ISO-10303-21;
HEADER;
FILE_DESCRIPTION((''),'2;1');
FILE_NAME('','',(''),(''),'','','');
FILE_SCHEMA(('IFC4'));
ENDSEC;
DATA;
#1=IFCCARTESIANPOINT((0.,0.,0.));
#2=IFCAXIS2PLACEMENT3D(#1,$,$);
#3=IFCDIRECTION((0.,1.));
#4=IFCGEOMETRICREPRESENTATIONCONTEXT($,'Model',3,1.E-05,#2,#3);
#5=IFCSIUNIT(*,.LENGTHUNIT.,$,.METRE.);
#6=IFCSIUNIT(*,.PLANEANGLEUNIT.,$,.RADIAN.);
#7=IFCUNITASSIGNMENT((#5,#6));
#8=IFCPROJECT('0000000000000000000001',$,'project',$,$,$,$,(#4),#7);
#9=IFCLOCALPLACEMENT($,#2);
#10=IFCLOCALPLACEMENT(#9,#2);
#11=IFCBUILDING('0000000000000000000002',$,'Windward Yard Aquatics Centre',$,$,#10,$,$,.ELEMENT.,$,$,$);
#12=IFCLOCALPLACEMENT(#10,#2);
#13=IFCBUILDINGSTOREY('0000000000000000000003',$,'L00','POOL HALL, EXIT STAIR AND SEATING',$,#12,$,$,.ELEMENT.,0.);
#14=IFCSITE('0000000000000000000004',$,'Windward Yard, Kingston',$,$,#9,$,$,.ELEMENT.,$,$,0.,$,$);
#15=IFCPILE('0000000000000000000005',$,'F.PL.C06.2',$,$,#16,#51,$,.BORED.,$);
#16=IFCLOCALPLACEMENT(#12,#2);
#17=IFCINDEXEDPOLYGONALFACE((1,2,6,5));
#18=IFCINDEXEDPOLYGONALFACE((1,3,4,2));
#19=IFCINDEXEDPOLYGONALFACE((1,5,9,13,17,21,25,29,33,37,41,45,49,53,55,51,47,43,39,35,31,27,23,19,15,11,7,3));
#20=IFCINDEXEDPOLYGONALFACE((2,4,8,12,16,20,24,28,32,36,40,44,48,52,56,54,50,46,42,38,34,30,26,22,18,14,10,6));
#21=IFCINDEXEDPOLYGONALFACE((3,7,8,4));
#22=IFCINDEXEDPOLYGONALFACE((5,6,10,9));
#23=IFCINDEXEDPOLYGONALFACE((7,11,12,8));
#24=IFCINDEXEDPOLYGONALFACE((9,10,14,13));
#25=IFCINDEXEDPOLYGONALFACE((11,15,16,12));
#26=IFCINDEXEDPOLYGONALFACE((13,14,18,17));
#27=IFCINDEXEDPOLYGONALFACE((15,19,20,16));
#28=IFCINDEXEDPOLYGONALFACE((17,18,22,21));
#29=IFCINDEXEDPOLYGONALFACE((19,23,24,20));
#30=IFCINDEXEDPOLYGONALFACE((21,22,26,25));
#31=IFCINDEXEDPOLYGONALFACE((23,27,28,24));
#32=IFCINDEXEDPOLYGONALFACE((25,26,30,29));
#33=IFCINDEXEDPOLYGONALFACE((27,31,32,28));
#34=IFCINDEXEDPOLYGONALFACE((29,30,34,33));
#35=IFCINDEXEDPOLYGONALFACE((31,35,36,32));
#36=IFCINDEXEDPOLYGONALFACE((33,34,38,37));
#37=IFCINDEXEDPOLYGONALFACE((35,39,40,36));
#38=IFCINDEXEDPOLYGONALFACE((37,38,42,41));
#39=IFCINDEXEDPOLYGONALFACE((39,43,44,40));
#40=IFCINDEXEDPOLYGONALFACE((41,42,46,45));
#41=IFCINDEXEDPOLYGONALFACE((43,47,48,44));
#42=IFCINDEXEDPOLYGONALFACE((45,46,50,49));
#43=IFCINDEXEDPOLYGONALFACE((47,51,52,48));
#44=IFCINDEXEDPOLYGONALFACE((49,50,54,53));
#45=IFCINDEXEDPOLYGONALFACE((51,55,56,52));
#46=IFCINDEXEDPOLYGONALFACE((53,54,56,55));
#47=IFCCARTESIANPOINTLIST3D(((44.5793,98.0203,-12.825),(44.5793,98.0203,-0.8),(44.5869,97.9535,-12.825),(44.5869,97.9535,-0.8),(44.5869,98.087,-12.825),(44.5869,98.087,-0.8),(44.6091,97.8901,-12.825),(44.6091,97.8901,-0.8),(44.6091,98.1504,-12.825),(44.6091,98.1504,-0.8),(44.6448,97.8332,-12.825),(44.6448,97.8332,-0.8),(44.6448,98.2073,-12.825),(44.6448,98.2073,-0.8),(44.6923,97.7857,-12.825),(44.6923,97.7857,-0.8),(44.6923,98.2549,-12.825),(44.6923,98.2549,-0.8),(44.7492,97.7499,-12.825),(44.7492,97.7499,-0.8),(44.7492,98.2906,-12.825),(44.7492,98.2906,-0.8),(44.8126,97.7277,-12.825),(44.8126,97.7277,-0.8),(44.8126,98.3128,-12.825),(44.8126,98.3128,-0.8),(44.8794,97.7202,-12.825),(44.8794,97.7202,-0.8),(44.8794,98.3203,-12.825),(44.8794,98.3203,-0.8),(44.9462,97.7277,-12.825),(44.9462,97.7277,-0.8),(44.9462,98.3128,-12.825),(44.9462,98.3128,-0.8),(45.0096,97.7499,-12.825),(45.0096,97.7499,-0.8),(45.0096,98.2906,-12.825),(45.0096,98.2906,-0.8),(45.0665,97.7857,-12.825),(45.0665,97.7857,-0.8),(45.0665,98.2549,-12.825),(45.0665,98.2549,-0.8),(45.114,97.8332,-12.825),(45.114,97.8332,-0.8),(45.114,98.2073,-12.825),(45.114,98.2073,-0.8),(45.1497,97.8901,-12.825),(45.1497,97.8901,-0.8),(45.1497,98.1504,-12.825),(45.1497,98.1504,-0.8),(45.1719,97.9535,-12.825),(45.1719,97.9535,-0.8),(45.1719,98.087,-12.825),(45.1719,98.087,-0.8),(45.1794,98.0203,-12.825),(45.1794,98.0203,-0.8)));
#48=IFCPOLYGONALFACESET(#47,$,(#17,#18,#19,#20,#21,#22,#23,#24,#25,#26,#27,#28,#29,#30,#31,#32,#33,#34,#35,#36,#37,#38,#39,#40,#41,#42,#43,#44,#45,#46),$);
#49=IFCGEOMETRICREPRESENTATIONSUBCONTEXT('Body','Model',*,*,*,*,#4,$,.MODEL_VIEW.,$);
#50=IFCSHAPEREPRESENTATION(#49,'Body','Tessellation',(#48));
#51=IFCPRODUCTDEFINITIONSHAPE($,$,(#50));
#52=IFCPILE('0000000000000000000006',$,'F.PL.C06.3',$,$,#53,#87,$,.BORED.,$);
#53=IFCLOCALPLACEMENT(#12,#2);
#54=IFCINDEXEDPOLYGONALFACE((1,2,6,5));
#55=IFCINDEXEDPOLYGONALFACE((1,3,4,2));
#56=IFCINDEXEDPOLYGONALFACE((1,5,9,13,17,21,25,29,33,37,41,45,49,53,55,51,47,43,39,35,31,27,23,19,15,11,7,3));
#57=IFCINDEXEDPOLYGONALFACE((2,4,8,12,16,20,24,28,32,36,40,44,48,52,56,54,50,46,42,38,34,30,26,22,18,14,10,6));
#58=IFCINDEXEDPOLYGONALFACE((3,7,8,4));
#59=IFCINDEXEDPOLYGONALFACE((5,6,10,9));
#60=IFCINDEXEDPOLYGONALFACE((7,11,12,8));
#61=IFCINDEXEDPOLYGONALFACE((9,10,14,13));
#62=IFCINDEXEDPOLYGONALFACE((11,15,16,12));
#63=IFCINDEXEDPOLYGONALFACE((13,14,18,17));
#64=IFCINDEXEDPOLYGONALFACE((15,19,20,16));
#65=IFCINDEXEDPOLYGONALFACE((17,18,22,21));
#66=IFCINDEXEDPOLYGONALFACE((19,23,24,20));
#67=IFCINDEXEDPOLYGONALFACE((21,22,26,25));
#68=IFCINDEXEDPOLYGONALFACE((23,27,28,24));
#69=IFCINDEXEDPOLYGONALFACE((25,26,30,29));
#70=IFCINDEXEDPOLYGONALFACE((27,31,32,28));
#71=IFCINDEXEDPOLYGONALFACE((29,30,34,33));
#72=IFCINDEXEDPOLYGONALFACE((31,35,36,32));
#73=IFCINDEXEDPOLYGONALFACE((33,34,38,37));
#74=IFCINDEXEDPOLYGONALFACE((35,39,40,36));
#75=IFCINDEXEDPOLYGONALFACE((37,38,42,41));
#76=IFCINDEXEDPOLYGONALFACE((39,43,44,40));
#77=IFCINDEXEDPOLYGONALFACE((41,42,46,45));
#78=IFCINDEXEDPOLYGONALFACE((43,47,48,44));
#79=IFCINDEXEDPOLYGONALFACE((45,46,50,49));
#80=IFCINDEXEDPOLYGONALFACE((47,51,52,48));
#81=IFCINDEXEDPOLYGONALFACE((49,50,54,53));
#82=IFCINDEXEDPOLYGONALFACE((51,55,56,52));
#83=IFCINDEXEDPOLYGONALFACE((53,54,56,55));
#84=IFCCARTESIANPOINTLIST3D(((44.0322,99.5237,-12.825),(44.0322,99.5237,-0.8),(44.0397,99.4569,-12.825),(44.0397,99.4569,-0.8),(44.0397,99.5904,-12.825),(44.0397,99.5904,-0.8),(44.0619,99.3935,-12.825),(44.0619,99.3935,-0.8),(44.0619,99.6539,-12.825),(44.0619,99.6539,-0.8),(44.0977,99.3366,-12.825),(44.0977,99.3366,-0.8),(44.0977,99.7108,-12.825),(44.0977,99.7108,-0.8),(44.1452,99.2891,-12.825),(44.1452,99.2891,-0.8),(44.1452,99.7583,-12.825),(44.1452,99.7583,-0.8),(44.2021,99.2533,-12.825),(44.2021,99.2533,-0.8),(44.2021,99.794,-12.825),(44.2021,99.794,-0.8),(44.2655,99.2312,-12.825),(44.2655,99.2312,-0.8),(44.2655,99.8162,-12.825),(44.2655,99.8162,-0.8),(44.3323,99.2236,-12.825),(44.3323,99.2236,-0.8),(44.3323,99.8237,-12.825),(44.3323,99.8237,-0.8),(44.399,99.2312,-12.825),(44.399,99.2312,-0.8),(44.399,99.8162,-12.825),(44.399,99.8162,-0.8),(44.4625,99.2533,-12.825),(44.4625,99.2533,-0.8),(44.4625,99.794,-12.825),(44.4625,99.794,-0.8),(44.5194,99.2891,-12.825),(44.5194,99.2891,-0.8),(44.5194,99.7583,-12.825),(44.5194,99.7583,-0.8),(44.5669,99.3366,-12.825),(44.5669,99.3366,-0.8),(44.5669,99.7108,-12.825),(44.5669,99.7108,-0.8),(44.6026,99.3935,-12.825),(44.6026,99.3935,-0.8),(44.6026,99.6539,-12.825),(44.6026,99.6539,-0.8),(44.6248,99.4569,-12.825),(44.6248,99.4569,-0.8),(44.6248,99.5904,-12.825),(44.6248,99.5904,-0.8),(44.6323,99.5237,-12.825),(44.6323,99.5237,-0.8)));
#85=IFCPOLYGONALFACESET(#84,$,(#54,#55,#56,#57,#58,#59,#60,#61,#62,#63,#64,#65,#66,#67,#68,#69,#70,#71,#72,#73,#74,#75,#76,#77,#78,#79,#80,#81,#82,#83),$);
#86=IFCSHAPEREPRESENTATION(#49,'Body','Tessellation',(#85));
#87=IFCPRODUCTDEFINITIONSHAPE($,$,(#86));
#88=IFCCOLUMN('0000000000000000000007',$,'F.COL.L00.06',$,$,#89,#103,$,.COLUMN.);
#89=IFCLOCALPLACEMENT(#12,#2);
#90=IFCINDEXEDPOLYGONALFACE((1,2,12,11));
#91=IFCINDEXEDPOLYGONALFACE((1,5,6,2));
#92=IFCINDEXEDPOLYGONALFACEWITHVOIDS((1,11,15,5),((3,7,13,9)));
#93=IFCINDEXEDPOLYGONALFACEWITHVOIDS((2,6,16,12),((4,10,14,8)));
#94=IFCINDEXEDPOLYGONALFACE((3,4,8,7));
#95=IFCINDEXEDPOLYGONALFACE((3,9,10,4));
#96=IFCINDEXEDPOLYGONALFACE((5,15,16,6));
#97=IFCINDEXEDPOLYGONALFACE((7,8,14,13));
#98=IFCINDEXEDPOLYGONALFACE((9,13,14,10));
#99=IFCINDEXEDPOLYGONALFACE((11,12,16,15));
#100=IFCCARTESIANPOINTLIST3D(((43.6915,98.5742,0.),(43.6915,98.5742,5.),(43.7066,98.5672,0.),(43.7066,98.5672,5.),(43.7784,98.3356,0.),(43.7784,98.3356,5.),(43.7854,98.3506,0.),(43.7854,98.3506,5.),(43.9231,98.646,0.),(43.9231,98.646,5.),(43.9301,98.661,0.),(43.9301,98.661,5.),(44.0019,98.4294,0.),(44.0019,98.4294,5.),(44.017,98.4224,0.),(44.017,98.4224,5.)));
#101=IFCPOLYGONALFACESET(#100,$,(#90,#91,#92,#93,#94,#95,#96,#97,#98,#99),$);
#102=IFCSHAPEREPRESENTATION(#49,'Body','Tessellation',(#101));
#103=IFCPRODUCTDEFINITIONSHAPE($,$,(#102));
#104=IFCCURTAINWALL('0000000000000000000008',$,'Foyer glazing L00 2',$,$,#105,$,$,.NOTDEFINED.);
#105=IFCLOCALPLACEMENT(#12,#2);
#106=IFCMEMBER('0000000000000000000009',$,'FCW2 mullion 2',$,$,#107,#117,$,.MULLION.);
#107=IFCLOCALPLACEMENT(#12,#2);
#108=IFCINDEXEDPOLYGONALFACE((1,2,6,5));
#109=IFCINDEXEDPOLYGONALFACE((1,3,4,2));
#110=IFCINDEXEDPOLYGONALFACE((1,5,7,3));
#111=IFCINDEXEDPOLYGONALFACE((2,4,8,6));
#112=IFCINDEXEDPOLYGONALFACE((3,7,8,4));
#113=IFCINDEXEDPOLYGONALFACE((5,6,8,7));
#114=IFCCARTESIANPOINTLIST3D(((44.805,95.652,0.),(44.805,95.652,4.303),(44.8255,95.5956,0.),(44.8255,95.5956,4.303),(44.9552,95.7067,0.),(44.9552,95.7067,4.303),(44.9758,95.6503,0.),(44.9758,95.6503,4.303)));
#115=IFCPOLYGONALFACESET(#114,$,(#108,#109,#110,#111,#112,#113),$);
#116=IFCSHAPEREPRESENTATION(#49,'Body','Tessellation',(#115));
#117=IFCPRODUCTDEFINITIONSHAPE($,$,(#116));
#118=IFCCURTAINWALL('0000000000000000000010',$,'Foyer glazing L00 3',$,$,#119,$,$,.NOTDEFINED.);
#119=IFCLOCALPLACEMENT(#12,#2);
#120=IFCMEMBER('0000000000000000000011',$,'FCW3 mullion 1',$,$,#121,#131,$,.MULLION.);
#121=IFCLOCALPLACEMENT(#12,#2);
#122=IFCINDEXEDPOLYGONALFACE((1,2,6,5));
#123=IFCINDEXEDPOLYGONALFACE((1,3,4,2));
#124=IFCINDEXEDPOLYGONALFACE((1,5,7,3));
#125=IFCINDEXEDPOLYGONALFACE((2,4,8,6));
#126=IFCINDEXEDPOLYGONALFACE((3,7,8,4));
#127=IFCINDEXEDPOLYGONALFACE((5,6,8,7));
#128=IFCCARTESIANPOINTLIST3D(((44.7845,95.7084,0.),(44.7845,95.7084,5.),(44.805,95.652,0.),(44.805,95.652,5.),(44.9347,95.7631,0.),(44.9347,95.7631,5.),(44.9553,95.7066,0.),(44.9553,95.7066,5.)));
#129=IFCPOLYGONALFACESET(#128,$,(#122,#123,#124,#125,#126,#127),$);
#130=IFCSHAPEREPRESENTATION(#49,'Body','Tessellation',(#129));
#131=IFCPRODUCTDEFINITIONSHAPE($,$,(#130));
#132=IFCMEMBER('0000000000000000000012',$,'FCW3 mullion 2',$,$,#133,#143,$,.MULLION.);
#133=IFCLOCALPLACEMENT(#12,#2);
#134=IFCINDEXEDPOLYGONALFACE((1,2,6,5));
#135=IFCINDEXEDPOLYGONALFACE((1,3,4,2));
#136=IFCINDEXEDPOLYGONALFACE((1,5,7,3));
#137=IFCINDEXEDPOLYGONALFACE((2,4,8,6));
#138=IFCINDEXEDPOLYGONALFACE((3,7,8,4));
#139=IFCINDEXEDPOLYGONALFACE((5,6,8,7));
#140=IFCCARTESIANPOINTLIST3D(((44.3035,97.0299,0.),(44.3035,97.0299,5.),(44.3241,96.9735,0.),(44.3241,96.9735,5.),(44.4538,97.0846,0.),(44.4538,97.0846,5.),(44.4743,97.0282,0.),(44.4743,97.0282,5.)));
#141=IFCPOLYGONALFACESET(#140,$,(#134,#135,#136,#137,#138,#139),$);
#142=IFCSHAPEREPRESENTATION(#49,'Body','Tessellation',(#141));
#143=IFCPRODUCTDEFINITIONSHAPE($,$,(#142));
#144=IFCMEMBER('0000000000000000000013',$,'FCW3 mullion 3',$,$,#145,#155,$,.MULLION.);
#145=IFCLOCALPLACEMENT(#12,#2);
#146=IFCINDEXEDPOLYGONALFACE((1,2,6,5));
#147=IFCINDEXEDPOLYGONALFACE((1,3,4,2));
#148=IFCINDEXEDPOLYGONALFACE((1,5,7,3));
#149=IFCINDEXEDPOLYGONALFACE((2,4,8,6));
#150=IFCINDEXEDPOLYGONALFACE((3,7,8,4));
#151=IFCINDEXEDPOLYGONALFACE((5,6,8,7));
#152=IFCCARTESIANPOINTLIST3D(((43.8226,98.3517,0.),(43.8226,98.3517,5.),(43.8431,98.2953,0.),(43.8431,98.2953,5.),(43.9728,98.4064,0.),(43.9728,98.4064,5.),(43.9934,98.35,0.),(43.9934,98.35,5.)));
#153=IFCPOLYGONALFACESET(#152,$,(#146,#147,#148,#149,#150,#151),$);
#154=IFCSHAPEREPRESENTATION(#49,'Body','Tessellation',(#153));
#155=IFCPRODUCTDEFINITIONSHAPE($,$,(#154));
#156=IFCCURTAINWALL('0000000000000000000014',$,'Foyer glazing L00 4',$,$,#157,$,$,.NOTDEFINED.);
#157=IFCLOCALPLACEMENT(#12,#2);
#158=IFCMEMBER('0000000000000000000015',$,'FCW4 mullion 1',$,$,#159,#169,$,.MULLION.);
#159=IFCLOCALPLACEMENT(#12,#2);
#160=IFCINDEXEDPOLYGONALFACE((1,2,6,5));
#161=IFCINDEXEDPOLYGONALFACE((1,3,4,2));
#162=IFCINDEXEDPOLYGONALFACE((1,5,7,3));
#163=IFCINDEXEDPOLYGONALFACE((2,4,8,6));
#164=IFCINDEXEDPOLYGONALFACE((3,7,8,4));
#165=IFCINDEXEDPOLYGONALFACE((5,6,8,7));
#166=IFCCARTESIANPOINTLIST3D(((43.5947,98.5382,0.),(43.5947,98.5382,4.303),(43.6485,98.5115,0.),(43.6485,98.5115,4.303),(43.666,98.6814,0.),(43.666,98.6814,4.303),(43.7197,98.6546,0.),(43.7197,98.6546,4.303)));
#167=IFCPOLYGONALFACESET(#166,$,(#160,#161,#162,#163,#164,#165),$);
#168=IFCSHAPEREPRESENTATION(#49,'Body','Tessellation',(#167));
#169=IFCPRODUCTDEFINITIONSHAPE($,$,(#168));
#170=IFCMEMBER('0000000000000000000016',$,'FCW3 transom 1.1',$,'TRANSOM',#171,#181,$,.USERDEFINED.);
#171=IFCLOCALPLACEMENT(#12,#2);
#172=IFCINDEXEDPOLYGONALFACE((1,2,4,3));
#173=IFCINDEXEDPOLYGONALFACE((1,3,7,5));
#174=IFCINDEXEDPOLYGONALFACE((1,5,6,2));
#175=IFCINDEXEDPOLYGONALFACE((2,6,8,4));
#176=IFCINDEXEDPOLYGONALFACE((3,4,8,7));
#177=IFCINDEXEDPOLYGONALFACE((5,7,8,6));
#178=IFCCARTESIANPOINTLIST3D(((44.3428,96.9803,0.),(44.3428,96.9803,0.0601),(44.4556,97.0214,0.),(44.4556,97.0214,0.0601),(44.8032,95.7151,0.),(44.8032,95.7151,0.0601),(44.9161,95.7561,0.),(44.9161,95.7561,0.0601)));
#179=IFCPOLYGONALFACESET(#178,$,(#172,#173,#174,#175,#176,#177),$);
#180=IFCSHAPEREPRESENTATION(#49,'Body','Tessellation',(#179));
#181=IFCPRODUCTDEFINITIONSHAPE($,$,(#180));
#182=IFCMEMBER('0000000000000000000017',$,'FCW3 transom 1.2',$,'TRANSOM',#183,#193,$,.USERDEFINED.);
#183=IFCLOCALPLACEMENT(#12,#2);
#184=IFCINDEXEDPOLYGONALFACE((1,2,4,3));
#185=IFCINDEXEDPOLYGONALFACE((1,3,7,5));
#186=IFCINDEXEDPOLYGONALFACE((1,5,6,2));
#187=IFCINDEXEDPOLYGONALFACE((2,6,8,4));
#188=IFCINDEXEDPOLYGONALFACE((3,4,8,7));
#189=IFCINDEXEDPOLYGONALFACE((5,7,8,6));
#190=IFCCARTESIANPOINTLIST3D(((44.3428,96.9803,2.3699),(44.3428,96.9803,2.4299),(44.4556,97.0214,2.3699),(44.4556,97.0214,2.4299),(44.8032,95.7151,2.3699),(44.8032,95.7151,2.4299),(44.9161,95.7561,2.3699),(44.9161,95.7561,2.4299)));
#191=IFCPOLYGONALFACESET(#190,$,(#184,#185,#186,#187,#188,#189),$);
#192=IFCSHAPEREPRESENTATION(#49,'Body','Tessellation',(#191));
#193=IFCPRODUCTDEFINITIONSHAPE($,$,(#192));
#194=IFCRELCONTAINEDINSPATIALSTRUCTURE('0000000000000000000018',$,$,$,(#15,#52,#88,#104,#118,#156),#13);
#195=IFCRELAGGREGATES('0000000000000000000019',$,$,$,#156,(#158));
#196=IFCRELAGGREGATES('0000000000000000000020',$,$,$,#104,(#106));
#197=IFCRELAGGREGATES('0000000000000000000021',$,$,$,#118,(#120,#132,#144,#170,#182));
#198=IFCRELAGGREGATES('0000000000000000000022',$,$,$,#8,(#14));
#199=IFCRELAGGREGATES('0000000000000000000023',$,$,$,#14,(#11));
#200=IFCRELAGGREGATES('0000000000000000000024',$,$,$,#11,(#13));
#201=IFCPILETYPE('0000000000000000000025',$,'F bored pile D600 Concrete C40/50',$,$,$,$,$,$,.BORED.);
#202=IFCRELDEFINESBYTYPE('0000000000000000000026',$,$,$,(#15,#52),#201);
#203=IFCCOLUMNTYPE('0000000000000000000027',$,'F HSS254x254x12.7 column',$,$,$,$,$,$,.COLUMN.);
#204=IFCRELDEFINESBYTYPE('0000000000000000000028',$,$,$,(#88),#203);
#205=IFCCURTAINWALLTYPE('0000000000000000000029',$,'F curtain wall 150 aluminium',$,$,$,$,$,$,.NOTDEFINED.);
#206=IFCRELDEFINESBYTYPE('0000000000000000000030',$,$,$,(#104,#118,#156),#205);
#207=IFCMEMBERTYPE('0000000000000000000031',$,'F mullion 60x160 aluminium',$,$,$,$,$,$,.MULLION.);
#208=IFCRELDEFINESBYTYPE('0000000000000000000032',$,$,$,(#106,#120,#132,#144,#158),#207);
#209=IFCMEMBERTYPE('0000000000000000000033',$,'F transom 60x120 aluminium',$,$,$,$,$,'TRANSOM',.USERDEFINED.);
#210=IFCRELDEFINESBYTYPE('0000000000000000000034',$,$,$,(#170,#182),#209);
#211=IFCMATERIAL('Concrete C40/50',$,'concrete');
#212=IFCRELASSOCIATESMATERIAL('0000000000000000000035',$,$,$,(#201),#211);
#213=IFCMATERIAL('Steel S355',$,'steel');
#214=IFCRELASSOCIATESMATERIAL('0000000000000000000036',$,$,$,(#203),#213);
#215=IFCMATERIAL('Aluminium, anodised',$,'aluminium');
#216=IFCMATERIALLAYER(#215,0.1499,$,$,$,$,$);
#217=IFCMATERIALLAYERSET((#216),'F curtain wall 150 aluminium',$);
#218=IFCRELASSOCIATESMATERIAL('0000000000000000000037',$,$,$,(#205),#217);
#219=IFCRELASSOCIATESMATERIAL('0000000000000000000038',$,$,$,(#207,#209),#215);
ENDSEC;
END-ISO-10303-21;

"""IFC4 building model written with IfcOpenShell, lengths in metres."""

from ifc_helpers import new_model, si_unit, direction, frame, origin, origin_2d, place, context, subcontext, project, spatial, rectangle, hollow_rectangle, circle, extrude, material, layer, layer_set, material_profile, profile_set, type_object, element, aggregate, save


model = new_model("IFC4")

# Units and contexts
model_context = context("Model", 3, precision=1e-05, world=origin(), true_north=direction((0.0, 1.0)))
body_context = subcontext(model_context, "Body", "Model", "MODEL_VIEW")
ifc_project = project(units=[si_unit("LENGTHUNIT", "METRE"), si_unit("PLANEANGLEUNIT", "RADIAN")], contexts=[model_context])

# Site, building, storey
site_placement = place(None, origin())
site = spatial("IfcSite", under=ifc_project, at=site_placement, Name="Windward Yard, Kingston", CompositionType="ELEMENT", RefElevation=0.0)
building_placement = place(site_placement, origin())
building = spatial("IfcBuilding", under=site, at=building_placement, Name="Windward Yard Aquatics Centre", CompositionType="ELEMENT")
storey_placement = place(building_placement, origin())
storey = spatial("IfcBuildingStorey", under=building, at=storey_placement, Name="L00", Description="POOL HALL, EXIT STAIR AND SEATING", CompositionType="ELEMENT", Elevation=0.0)

# Piles
ifc_material_1 = material(Name="Concrete C40/50", Category="concrete")
ifc_material_profile_1 = material_profile(ifc_material_1, circle(Radius=0.3, at=origin_2d()), Name="D600")
ifc_profile_set_1 = profile_set([ifc_material_profile_1], Name="Concrete C40/50")
pile_type = type_object("IfcPileType", Name="F bored pile D600 Concrete C40/50", PredefinedType="BORED", material=ifc_profile_set_1)
for number, where, z_axis, x_axis, name in (
    (1, (44.8794, 98.0203, -0.8), (0.0, 0.0, -1.0), (1.0, 0.0, 0.0), "F.PL.C06.2"),
    (2, (44.3323, 99.5237, -0.8), (0.0, 0.0, -1.0), (1.0, 0.0, 0.0), "F.PL.C06.3"),
):
    element("IfcPile", number, at=place(storey_placement, frame(where, z_axis=z_axis, x_axis=x_axis)), inside=storey, type_object=pile_type, Name=name, PredefinedType="BORED", context=body_context, shape_type="SweptSolid", body=[
        extrude(circle(Radius=0.3, at=origin_2d()), origin(), (0.0, 0.0, 1.0), 12.0249),
    ])

# Column
ifc_material_2 = material(Name="Steel S355", Category="steel")
ifc_material_profile_2 = material_profile(ifc_material_2, hollow_rectangle(XDim=0.2539, YDim=0.2539, WallThickness=0.0117, at=origin_2d()), Name="HSS254x254x12.7")
ifc_profile_set_2 = profile_set([ifc_material_profile_2], Name="Steel S355")
column_type = type_object("IfcColumnType", Name="F HSS254x254x12.7 column", PredefinedType="COLUMN", material=ifc_profile_set_2)
column_placement = place(storey_placement, frame((43.8542, 98.4983, 0.0), z_axis=(0.0, 0.0, 1.0), x_axis=(0.939693, 0.34202, 0.0)))
element("IfcColumn", 3, at=column_placement, inside=storey, type_object=column_type, Name="F.COL.L00.06", PredefinedType="COLUMN", context=body_context, shape_type="SweptSolid", body=[
    extrude(hollow_rectangle(XDim=0.2539, YDim=0.2539, WallThickness=0.0117, at=origin_2d()), origin(), (0.0, 0.0, 1.0), 5.0),
])

# Curtain wall, member
ifc_material_3 = material(Name="Aluminium, anodised", Category="aluminium")
ifc_layer_1 = layer(ifc_material_3, 0.1499)
ifc_layer_set_1 = layer_set([ifc_layer_1], Name="F curtain wall 150 aluminium")
curtain_wall_type = type_object("IfcCurtainWallType", Name="F curtain wall 150 aluminium", PredefinedType="NOTDEFINED", material=ifc_layer_set_1)
curtain_wall_1_placement = place(storey_placement, origin())
curtain_wall_1 = element("IfcCurtainWall", 4, at=curtain_wall_1_placement, inside=storey, type_object=curtain_wall_type, Name="Foyer glazing L00 2", PredefinedType="NOTDEFINED")
ifc_material_profile_3 = material_profile(ifc_material_3, rectangle(XDim=0.1599, YDim=0.0601, at=origin_2d()), Name="MULLION 60x160")
ifc_profile_set_3 = profile_set([ifc_material_profile_3], Name="Aluminium, anodised")
member_type_1 = type_object("IfcMemberType", Name="F mullion 60x160 aluminium", PredefinedType="MULLION", material=ifc_profile_set_3)
member_1_placement = place(storey_placement, frame((44.8904, 95.6511, 0.0), z_axis=(0.0, 0.0, 1.0), x_axis=(-0.939682, -0.34205, 0.0)))
member_1 = element("IfcMember", 5, at=member_1_placement, type_object=member_type_1, Name="FCW2 mullion 2", PredefinedType="MULLION", context=body_context, shape_type="SweptSolid", body=[
    extrude(rectangle(XDim=0.1599, YDim=0.0601, at=origin_2d()), origin(), (0.0, 0.0, 1.0), 4.303),
])

# Curtain wall, members
curtain_wall_2_placement = place(storey_placement, origin())
curtain_wall_2 = element("IfcCurtainWall", 6, at=curtain_wall_2_placement, inside=storey, type_object=curtain_wall_type, Name="Foyer glazing L00 3", PredefinedType="NOTDEFINED")
member_2_placement = place(storey_placement, frame((44.8699, 95.7075, 0.0), z_axis=(0.0, 0.0, 1.0), x_axis=(-0.939694, -0.342017, 0.0)))
member_2 = element("IfcMember", 7, at=member_2_placement, type_object=member_type_1, Name="FCW3 mullion 1", PredefinedType="MULLION", context=body_context, shape_type="SweptSolid", body=[
    extrude(rectangle(XDim=0.1599, YDim=0.0601, at=origin_2d()), origin(), (0.0, 0.0, 1.0), 5.0),
])
member_3_placement = place(storey_placement, frame((44.3889, 97.0291, 0.0), z_axis=(0.0, 0.0, 1.0), x_axis=(-0.939694, -0.342017, 0.0)))
member_3 = element("IfcMember", 8, at=member_3_placement, type_object=member_type_1, Name="FCW3 mullion 2", PredefinedType="MULLION", context=body_context, shape_type="SweptSolid", body=[
    extrude(rectangle(XDim=0.1599, YDim=0.0601, at=origin_2d()), origin(), (0.0, 0.0, 1.0), 5.0),
])
member_4_placement = place(storey_placement, frame((43.908, 98.3508, 0.0), z_axis=(0.0, 0.0, 1.0), x_axis=(-0.939694, -0.342017, 0.0)))
member_4 = element("IfcMember", 9, at=member_4_placement, type_object=member_type_1, Name="FCW3 mullion 3", PredefinedType="MULLION", context=body_context, shape_type="SweptSolid", body=[
    extrude(rectangle(XDim=0.1599, YDim=0.0601, at=origin_2d()), origin(), (0.0, 0.0, 1.0), 5.0),
])

# Curtain wall, member
curtain_wall_3_placement = place(storey_placement, origin())
curtain_wall_3 = element("IfcCurtainWall", 10, at=curtain_wall_3_placement, inside=storey, type_object=curtain_wall_type, Name="Foyer glazing L00 4", PredefinedType="NOTDEFINED")
member_5_placement = place(storey_placement, frame((43.6572, 98.5964, 0.0), z_axis=(0.0, 0.0, 1.0), x_axis=(-0.445707, -0.895179, 0.0)))
member_5 = element("IfcMember", 11, at=member_5_placement, type_object=member_type_1, Name="FCW4 mullion 1", PredefinedType="MULLION", context=body_context, shape_type="SweptSolid", body=[
    extrude(rectangle(XDim=0.1599, YDim=0.0601, at=origin_2d()), origin(), (0.0, 0.0, 1.0), 4.303),
])

# Members
ifc_material_profile_4 = material_profile(ifc_material_3, rectangle(XDim=0.1201, YDim=0.0601, at=origin_2d()), Name="TRANSOM 60x120")
ifc_profile_set_4 = profile_set([ifc_material_profile_4], Name="Aluminium, anodised")
member_type_2 = type_object("IfcMemberType", Name="F transom 60x120 aluminium", ElementType="TRANSOM", PredefinedType="USERDEFINED", material=ifc_profile_set_4)
member_6_placement = place(storey_placement, frame((44.8596, 95.7356, 0.03), z_axis=(-0.341947, 0.939719, 0.0), x_axis=(-0.939719, -0.341947, 0.0)))
member_6 = element("IfcMember", 12, at=member_6_placement, type_object=member_type_2, Name="FCW3 transom 1.1", ObjectType="TRANSOM", PredefinedType="USERDEFINED", context=body_context, shape_type="SweptSolid", body=[
    extrude(rectangle(XDim=0.1201, YDim=0.0601, at=origin_2d()), origin(), (0.0, 0.0, 1.0), 1.3464),
])
member_7_placement = place(storey_placement, frame((44.8596, 95.7356, 2.3999), z_axis=(-0.341947, 0.939719, 0.0), x_axis=(-0.939719, -0.341947, 0.0)))
member_7 = element("IfcMember", 13, at=member_7_placement, type_object=member_type_2, Name="FCW3 transom 1.2", ObjectType="TRANSOM", PredefinedType="USERDEFINED", context=body_context, shape_type="SweptSolid", body=[
    extrude(rectangle(XDim=0.1201, YDim=0.0601, at=origin_2d()), origin(), (0.0, 0.0, 1.0), 1.3464),
])
aggregate(curtain_wall_3, [member_5])

aggregate(curtain_wall_1, [member_1])
aggregate(curtain_wall_2, [member_2, member_3, member_4, member_6, member_7])

save(model, "model.ifc")
